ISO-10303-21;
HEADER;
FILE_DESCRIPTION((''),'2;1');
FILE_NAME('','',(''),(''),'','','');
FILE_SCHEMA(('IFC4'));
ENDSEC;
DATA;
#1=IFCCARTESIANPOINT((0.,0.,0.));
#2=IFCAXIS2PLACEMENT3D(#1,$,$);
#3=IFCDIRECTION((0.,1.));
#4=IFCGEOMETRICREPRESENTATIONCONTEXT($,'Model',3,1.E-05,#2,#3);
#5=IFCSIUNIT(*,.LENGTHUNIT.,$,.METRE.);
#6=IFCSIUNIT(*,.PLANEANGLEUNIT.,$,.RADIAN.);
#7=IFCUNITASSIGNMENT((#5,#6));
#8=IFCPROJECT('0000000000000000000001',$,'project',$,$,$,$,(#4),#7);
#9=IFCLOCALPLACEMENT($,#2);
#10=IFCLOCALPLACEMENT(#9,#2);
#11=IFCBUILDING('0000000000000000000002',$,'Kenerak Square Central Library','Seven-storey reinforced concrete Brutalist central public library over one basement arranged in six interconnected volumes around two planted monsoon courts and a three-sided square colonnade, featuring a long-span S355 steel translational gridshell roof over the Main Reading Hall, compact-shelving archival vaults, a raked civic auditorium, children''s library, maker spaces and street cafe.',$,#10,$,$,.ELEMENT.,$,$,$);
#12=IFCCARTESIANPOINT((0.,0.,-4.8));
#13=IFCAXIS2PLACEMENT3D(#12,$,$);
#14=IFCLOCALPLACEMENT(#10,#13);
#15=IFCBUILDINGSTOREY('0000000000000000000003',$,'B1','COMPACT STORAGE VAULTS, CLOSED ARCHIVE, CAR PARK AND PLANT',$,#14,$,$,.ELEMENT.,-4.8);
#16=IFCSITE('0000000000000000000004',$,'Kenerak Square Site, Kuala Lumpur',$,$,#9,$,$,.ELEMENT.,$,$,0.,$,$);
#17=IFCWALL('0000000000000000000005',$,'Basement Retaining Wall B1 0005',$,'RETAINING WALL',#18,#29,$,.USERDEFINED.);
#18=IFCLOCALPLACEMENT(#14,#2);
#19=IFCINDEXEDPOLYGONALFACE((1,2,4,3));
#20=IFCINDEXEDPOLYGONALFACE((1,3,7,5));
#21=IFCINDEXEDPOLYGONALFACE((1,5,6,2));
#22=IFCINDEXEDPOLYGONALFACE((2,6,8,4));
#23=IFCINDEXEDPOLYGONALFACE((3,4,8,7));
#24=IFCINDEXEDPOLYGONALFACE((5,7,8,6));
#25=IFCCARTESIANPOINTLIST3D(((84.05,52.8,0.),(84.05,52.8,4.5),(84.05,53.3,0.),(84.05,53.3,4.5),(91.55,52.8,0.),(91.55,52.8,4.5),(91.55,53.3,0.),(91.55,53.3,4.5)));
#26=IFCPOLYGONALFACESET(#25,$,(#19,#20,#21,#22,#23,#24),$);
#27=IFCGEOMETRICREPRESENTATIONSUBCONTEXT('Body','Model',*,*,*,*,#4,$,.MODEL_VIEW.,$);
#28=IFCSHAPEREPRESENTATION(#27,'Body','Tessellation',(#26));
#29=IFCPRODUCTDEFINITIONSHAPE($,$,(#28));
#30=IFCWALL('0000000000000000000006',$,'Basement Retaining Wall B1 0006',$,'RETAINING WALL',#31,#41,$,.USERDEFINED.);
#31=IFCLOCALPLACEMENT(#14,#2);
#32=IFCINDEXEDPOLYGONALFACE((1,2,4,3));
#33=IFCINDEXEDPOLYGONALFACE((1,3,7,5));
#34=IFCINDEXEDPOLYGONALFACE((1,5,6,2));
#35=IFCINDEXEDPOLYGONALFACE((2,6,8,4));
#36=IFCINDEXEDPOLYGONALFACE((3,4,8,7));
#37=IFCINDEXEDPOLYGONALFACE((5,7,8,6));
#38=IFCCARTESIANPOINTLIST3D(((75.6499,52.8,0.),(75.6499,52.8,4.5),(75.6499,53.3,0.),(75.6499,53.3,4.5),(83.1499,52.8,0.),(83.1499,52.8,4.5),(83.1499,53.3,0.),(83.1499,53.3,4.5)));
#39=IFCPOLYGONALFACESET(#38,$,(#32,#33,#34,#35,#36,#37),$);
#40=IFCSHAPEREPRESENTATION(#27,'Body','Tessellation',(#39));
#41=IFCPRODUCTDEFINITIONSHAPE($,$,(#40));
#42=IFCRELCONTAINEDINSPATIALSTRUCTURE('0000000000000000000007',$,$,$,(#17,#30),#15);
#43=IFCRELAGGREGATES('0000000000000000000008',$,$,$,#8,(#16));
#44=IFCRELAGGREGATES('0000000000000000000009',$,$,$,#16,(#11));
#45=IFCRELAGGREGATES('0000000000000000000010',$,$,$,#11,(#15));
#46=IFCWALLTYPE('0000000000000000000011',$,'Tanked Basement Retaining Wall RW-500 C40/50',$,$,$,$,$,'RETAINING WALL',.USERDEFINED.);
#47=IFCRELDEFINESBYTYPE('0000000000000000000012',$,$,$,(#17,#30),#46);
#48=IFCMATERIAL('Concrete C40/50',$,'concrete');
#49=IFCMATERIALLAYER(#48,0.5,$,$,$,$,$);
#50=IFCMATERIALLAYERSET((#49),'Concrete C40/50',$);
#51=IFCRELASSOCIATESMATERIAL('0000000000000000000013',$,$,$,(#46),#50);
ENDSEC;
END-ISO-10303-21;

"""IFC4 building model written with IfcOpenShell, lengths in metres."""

from ifc_helpers import new_model, si_unit, direction, frame, frame_2d, origin, place, context, subcontext, project, spatial, rectangle, extrude, material, layer, layer_set, type_object, element, save


model = new_model("IFC4")

# Units and contexts
model_context = context("Model", 3, precision=1e-05, world=origin(), true_north=direction((0.0, 1.0)))
body_context = subcontext(model_context, "Body", "Model", "MODEL_VIEW")
ifc_project = project(units=[si_unit("LENGTHUNIT", "METRE"), si_unit("PLANEANGLEUNIT", "RADIAN")], contexts=[model_context])

# Site, building, storey
site_placement = place(None, origin())
site = spatial("IfcSite", under=ifc_project, at=site_placement, Name="Kenerak Square Site, Kuala Lumpur", CompositionType="ELEMENT", RefElevation=0.0)
building_placement = place(site_placement, origin())
building = spatial("IfcBuilding", under=site, at=building_placement, Name="Kenerak Square Central Library", Description="Seven-storey reinforced concrete Brutalist central public library over one basement arranged in six interconnected volumes around two planted monsoon courts and a three-sided square colonnade, featuring a long-span S355 steel translational gridshell roof over the Main Reading Hall, compact-shelving archival vaults, a raked civic auditorium, children's library, maker spaces and street cafe.", CompositionType="ELEMENT")
storey_placement = place(building_placement, frame((0.0, 0.0, -4.8)))
storey = spatial("IfcBuildingStorey", under=building, at=storey_placement, Name="B1", Description="COMPACT STORAGE VAULTS, CLOSED ARCHIVE, CAR PARK AND PLANT", CompositionType="ELEMENT", Elevation=-4.8)

# Shared definitions
ifc_material_1 = material(Name="Concrete C40/50", Category="concrete")

# Walls
ifc_layer = layer(ifc_material_1, 0.5)
ifc_layer_set = layer_set([ifc_layer], Name="Concrete C40/50")
wall_type = type_object("IfcWallType", Name="Tanked Basement Retaining Wall RW-500 C40/50", ElementType="RETAINING WALL", PredefinedType="USERDEFINED", material=ifc_layer_set)
for number, where, z_axis, x_axis, name in (
    (1, (91.55, 53.05, 0.0), (0.0, 0.0, 1.0), (-1.0, 0.0, 0.0), "Basement Retaining Wall B1 0005"),
    (2, (83.1499, 53.05, 0.0), (0.0, 0.0, 1.0), (-1.0, 0.0, 0.0), "Basement Retaining Wall B1 0006"),
):
    element("IfcWall", number, at=place(storey_placement, frame(where, z_axis=z_axis, x_axis=x_axis)), inside=storey, type_object=wall_type, Name=name, ObjectType="RETAINING WALL", PredefinedType="USERDEFINED", context=body_context, shape_type="SweptSolid", body=[
        extrude(rectangle(XDim=7.5, YDim=0.5, at=frame_2d((3.75, 0.0))), origin(), (0.0, 0.0, 1.0), 4.5),
    ])

save(model, "model.ifc")
